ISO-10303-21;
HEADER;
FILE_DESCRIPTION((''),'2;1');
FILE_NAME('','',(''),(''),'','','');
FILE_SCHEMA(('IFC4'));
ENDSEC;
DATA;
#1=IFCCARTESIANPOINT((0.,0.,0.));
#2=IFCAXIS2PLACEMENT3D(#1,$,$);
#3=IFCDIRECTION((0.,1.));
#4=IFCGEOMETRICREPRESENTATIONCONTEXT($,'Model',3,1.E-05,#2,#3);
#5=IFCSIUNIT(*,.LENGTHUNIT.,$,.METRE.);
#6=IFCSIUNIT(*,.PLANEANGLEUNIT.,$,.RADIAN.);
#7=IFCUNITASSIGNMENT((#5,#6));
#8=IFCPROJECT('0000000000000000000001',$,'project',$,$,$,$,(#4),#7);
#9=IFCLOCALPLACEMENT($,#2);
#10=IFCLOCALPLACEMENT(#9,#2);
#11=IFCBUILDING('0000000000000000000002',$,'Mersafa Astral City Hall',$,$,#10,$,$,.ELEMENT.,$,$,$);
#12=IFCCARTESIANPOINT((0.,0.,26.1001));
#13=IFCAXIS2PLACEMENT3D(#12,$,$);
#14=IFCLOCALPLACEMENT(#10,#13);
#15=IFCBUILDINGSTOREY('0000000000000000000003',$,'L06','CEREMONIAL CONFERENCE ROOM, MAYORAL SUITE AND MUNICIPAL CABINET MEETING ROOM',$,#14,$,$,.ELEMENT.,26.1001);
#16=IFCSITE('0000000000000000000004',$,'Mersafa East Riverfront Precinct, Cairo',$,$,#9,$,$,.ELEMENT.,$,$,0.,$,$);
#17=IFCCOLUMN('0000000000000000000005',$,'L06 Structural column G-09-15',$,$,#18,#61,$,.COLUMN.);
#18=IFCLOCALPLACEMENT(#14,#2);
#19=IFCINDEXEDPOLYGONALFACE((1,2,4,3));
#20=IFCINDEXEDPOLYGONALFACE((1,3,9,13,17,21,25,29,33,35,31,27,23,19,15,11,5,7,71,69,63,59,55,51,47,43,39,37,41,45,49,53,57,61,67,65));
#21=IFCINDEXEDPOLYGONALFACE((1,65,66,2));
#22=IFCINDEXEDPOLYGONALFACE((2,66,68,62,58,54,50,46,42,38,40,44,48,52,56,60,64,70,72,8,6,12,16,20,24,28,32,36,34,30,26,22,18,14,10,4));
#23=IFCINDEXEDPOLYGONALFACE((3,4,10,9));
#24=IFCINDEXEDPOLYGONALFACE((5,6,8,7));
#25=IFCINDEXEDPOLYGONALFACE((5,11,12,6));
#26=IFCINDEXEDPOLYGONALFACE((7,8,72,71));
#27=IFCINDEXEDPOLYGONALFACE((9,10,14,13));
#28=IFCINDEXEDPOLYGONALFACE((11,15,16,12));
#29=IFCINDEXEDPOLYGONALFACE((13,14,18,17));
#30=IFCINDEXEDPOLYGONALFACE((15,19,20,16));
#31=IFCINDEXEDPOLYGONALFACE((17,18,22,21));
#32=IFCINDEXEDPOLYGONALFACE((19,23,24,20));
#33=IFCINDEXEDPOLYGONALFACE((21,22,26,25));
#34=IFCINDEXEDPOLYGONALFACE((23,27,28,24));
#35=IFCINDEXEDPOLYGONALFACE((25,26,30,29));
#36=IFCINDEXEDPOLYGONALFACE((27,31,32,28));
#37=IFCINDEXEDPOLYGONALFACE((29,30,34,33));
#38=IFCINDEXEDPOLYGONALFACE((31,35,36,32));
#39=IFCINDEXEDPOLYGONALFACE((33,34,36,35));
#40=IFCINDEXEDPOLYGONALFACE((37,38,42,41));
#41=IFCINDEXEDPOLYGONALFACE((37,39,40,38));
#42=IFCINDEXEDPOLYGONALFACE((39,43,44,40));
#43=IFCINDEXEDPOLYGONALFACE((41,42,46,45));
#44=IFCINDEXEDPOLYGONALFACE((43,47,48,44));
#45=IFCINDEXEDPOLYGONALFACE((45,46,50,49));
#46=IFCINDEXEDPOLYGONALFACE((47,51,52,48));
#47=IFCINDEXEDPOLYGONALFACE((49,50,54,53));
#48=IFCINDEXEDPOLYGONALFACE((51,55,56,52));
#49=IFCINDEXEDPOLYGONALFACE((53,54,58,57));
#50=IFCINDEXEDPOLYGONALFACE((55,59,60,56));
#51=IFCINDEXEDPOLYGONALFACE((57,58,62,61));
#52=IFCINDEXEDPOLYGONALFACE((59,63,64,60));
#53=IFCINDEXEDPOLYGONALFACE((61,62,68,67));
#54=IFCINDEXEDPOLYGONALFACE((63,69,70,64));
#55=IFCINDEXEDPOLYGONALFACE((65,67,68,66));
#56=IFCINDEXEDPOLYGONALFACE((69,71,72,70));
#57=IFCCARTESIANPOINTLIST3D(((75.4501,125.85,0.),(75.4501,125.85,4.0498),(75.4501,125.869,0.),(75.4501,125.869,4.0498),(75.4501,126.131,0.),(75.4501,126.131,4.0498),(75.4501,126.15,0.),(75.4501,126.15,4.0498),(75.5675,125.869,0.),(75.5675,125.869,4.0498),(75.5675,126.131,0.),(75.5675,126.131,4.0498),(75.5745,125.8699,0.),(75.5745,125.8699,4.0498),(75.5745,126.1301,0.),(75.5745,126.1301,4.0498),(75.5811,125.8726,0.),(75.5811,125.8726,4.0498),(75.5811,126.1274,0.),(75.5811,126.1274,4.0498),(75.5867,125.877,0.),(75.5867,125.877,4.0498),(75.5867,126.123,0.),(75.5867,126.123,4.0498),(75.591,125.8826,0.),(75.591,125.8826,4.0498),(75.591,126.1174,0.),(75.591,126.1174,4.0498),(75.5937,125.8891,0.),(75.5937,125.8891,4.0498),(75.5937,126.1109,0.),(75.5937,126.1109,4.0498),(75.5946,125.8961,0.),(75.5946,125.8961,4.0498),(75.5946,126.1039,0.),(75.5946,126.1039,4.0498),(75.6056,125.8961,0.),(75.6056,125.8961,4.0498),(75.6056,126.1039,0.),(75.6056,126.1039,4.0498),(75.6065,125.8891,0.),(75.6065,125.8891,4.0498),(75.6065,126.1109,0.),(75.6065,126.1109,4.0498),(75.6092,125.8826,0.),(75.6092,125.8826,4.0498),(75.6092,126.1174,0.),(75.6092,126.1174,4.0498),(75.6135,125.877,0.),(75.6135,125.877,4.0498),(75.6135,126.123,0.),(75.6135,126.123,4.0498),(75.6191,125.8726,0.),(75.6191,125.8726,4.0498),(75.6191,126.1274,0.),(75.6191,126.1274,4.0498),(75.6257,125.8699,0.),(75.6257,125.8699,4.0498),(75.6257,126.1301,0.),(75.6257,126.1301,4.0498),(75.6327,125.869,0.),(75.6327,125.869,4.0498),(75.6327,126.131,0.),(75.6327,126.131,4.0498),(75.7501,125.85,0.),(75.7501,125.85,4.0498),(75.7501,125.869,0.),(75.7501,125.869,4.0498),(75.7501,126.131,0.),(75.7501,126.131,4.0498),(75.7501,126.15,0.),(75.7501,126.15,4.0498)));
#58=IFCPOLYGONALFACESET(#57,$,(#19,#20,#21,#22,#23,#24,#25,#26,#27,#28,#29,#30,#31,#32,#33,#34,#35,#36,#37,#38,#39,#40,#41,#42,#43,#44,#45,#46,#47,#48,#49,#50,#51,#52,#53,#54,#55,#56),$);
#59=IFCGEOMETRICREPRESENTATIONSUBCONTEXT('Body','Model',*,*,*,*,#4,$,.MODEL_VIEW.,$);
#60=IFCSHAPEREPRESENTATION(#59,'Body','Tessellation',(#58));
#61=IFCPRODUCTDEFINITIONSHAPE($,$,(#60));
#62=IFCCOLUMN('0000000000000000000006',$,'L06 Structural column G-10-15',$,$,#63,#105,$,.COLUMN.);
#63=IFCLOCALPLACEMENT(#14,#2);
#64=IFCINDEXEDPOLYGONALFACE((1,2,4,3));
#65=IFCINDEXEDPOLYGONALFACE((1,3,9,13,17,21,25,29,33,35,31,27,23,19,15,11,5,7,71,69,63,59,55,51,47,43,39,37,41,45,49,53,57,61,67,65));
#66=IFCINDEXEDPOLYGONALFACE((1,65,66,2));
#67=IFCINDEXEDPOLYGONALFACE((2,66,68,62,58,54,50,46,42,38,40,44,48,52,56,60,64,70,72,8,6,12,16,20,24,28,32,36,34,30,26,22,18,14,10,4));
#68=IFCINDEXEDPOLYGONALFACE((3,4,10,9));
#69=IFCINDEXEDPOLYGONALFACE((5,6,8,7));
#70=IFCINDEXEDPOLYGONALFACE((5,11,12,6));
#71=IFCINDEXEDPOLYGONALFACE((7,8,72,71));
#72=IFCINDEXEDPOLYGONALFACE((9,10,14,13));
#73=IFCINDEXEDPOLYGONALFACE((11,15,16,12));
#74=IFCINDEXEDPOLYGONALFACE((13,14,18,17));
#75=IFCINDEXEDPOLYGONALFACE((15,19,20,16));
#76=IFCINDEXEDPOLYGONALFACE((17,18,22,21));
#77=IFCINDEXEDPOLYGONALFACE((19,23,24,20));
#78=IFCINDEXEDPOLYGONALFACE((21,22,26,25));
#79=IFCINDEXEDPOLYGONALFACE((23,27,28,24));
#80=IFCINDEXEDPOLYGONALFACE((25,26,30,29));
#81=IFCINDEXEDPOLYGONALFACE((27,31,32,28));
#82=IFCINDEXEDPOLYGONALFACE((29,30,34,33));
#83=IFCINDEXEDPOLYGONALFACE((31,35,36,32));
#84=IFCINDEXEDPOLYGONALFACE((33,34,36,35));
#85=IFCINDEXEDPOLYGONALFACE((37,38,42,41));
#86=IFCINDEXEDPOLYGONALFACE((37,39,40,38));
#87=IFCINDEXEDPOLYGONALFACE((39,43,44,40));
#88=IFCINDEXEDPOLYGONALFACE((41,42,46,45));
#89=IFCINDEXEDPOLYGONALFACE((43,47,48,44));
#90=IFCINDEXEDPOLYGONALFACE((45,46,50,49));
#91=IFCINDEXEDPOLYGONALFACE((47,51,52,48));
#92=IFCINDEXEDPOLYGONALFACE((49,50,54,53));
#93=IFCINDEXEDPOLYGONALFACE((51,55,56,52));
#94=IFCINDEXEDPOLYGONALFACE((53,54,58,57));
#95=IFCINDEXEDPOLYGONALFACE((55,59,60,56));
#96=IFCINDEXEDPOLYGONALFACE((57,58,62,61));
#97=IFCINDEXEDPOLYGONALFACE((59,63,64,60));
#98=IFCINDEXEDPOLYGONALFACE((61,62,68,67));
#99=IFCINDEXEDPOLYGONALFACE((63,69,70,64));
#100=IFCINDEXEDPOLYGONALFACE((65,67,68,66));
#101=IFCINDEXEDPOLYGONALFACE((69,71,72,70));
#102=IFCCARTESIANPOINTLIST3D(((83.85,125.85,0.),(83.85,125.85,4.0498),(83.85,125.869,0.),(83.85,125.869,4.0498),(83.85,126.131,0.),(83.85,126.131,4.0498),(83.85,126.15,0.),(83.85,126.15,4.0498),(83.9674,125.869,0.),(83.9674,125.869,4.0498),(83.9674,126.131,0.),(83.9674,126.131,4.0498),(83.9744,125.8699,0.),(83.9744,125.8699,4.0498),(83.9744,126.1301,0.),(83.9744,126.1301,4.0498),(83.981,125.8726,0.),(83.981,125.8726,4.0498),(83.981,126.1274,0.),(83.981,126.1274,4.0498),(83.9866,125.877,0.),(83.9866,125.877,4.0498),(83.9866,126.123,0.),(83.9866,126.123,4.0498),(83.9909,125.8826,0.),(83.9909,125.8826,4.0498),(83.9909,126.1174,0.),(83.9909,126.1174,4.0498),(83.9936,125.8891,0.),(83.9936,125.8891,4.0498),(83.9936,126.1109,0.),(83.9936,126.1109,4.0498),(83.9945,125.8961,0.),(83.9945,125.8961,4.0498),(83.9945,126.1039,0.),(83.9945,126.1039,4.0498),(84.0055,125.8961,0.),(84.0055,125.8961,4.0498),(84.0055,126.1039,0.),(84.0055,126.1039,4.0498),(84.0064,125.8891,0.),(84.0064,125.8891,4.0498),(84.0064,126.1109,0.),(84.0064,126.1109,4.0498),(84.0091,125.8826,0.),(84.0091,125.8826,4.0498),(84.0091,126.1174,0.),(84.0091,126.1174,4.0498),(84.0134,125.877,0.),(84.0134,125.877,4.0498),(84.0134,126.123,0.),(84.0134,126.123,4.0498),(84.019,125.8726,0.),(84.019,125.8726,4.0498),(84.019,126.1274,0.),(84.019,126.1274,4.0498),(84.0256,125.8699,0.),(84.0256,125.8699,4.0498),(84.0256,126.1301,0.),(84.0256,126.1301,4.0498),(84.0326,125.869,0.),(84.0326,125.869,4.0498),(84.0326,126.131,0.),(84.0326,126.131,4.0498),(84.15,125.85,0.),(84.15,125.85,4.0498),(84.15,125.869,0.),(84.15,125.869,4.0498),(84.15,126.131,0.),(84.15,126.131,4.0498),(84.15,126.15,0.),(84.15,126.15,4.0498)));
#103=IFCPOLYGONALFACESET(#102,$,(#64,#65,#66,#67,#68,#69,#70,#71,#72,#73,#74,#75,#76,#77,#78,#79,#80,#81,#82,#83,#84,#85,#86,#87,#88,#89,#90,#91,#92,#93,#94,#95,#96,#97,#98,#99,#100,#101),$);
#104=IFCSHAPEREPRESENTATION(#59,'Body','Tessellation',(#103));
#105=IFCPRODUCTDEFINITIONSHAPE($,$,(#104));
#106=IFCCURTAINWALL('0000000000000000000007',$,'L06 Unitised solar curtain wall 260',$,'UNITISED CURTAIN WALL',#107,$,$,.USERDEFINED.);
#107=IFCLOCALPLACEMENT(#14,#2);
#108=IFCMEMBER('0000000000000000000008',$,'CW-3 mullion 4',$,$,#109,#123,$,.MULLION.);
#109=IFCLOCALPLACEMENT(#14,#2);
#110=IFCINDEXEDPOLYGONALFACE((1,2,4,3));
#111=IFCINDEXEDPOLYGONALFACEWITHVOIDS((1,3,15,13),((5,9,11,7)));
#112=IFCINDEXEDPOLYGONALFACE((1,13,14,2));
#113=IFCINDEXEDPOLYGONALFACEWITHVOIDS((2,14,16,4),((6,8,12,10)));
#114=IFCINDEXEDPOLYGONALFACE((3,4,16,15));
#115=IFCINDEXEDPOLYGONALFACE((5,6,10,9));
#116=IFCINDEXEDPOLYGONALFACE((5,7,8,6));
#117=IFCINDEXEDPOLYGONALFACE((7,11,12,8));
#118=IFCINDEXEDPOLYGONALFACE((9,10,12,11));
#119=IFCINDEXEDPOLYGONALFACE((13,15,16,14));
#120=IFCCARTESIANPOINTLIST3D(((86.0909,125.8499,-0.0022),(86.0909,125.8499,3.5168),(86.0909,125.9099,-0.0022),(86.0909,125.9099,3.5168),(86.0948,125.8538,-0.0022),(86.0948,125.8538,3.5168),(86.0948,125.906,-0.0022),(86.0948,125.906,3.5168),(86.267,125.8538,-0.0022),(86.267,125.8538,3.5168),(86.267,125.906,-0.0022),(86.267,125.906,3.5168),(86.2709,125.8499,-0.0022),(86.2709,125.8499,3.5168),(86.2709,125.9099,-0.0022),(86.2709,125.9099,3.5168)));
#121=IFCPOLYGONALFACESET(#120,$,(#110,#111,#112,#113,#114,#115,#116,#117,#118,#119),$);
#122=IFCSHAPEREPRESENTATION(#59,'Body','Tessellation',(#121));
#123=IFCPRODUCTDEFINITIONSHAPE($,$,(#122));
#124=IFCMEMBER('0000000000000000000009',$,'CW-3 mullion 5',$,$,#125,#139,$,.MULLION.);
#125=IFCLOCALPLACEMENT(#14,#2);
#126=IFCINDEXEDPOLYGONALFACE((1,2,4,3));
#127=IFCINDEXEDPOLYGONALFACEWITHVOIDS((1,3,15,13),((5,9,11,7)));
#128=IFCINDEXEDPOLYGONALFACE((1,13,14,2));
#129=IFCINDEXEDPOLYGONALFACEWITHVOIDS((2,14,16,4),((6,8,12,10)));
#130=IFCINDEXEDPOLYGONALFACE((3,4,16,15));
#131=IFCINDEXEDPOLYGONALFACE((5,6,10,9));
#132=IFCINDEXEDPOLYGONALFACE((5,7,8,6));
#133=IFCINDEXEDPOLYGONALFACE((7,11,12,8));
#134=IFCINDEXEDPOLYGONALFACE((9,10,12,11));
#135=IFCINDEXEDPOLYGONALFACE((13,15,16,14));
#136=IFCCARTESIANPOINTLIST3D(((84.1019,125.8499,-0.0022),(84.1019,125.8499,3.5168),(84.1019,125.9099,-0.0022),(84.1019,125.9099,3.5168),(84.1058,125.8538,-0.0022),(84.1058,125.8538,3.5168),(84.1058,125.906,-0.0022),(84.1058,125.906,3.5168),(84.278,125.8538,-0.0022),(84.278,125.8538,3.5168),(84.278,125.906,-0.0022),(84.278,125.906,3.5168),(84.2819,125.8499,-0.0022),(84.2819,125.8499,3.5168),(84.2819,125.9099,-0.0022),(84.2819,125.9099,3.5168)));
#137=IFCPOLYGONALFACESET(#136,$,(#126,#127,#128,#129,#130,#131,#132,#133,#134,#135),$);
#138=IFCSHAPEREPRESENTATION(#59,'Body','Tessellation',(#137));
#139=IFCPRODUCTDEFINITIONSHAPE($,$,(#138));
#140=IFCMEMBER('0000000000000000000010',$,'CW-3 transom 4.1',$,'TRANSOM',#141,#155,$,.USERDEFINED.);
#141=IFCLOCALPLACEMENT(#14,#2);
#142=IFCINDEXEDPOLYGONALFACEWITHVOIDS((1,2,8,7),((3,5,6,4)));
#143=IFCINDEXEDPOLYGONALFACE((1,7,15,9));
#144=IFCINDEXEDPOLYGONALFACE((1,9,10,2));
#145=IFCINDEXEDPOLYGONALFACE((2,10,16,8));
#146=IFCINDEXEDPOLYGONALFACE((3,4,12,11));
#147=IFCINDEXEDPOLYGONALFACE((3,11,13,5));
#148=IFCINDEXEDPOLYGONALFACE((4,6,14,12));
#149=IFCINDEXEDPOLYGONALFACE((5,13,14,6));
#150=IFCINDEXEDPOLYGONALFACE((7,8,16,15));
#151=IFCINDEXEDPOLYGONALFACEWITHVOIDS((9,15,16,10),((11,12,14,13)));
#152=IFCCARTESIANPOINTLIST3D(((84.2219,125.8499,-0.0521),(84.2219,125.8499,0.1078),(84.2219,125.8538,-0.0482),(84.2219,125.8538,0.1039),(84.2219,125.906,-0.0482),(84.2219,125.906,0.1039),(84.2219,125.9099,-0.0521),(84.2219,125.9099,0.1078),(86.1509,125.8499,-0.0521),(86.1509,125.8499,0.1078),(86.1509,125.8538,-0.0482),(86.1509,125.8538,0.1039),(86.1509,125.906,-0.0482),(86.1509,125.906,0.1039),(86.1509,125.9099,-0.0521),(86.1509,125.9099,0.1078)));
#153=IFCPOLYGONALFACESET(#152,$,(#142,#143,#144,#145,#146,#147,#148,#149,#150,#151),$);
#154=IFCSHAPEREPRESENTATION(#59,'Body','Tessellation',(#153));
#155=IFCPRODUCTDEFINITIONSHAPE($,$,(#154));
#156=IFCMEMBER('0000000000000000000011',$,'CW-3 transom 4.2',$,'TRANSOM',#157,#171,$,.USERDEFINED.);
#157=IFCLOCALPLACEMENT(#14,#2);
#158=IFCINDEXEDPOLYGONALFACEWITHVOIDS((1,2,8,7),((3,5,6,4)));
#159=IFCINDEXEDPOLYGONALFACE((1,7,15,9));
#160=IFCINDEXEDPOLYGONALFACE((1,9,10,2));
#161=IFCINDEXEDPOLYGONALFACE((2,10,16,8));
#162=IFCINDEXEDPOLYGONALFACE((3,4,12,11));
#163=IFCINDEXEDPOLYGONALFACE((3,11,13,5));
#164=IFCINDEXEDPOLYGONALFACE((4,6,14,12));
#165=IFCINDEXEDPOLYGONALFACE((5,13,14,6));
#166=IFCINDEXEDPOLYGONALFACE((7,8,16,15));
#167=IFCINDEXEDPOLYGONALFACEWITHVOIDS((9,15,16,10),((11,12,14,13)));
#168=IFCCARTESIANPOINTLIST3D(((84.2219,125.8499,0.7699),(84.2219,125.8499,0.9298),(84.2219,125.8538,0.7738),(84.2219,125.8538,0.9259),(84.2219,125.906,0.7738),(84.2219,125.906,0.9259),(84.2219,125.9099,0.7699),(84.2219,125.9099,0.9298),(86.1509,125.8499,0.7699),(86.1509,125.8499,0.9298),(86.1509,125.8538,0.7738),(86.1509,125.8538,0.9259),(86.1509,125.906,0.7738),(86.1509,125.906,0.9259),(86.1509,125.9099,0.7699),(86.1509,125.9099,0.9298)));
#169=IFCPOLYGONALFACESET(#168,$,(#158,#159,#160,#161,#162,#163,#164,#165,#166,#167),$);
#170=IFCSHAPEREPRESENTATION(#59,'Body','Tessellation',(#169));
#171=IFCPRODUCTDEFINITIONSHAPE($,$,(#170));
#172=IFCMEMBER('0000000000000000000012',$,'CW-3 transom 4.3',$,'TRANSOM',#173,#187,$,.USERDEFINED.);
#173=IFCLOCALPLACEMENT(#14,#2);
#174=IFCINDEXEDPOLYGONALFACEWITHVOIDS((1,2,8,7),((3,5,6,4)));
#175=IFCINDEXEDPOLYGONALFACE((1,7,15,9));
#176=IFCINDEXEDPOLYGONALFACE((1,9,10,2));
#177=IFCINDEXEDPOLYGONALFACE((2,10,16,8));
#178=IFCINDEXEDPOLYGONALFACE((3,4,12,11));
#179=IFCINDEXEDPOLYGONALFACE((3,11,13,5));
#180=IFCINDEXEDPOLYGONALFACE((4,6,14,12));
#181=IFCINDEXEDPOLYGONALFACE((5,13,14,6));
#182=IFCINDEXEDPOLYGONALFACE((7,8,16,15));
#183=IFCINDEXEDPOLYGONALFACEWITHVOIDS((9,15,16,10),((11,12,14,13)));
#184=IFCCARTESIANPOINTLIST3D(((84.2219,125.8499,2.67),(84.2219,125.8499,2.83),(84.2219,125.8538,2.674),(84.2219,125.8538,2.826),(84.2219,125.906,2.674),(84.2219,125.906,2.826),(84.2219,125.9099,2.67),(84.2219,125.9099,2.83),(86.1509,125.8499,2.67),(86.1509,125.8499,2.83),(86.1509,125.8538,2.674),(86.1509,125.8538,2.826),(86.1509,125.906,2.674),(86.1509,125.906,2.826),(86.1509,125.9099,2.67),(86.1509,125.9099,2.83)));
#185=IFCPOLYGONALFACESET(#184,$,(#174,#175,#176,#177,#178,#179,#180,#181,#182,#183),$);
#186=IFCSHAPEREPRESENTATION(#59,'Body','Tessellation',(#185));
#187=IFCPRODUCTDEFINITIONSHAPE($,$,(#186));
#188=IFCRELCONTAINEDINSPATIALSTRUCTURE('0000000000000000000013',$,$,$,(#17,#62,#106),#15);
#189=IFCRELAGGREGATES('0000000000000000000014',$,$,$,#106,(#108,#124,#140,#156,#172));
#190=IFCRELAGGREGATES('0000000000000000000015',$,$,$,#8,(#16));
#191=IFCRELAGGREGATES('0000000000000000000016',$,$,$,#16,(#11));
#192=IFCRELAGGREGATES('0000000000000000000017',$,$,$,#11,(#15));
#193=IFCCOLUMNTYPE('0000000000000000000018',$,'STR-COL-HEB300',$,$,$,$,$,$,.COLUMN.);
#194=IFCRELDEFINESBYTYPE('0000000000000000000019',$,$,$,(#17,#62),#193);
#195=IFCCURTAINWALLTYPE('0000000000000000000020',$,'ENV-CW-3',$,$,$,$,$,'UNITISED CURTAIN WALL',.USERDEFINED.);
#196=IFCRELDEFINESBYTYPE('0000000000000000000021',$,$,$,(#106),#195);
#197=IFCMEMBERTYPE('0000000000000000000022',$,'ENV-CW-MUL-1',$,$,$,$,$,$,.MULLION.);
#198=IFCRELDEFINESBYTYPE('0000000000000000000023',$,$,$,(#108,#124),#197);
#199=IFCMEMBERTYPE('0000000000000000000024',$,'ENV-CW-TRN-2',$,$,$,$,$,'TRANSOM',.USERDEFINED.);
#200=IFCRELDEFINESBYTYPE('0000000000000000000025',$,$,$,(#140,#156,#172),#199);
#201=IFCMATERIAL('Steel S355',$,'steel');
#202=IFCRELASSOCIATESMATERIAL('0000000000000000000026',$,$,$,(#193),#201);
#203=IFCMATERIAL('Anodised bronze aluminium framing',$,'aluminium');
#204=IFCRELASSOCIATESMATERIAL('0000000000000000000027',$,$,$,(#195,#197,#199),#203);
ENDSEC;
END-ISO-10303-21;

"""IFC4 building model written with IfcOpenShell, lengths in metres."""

from ifc_helpers import new_model, si_unit, direction, frame, origin, origin_2d, place, context, subcontext, project, spatial, hollow_rectangle, i_section, extrude, material, material_profile, profile_set, type_object, element, aggregate, save


model = new_model("IFC4")

# Units and contexts
model_context = context("Model", 3, precision=1e-05, world=origin(), true_north=direction((0.0, 1.0)))
body_context = subcontext(model_context, "Body", "Model", "MODEL_VIEW")
ifc_project = project(units=[si_unit("LENGTHUNIT", "METRE"), si_unit("PLANEANGLEUNIT", "RADIAN")], contexts=[model_context])

# Site, building, storey
site_placement = place(None, origin())
site = spatial("IfcSite", under=ifc_project, at=site_placement, Name="Mersafa East Riverfront Precinct, Cairo", CompositionType="ELEMENT", RefElevation=0.0)
building_placement = place(site_placement, origin())
building = spatial("IfcBuilding", under=site, at=building_placement, Name="Mersafa Astral City Hall", CompositionType="ELEMENT")
storey_placement = place(building_placement, frame((0.0, 0.0, 26.1001)))
storey = spatial("IfcBuildingStorey", under=building, at=storey_placement, Name="L06", Description="CEREMONIAL CONFERENCE ROOM, MAYORAL SUITE AND MUNICIPAL CABINET MEETING ROOM", CompositionType="ELEMENT", Elevation=26.1001)

# Columns
ifc_material_1 = material(Name="Steel S355", Category="steel")
ifc_material_profile_1 = material_profile(ifc_material_1, i_section(OverallWidth=0.3, OverallDepth=0.3, WebThickness=0.011, FlangeThickness=0.019, FilletRadius=0.0271, at=origin_2d()), Name="HEB 300")
ifc_profile_set_1 = profile_set([ifc_material_profile_1], Name="Steel S355")
column_type = type_object("IfcColumnType", Name="STR-COL-HEB300", PredefinedType="COLUMN", material=ifc_profile_set_1)
for number, where, z_axis, x_axis, name in (
    (1, (75.6001, 126.0, 0.0), (0.0, 0.0, 1.0), (1.0, 0.0, 0.0), "L06 Structural column G-09-15"),
    (2, (84.0, 126.0, 0.0), (0.0, 0.0, 1.0), (1.0, 0.0, 0.0), "L06 Structural column G-10-15"),
):
    element("IfcColumn", number, at=place(storey_placement, frame(where, z_axis=z_axis, x_axis=x_axis)), inside=storey, type_object=column_type, Name=name, PredefinedType="COLUMN", context=body_context, shape_type="SweptSolid", body=[
        extrude(i_section(OverallWidth=0.3, OverallDepth=0.3, WebThickness=0.011, FlangeThickness=0.019, FilletRadius=0.0271, at=origin_2d()), origin(), (0.0, 0.0, 1.0), 4.0498),
    ])

# Curtain wall, members
ifc_material_2 = material(Name="Anodised bronze aluminium framing", Category="aluminium")
curtain_wall_type = type_object("IfcCurtainWallType", Name="ENV-CW-3", ElementType="UNITISED CURTAIN WALL", PredefinedType="USERDEFINED", material=ifc_material_2)
curtain_wall_placement = place(storey_placement, origin())
curtain_wall = element("IfcCurtainWall", 3, at=curtain_wall_placement, inside=storey, type_object=curtain_wall_type, Name="L06 Unitised solar curtain wall 260", ObjectType="UNITISED CURTAIN WALL", PredefinedType="USERDEFINED")
ifc_material_profile_2 = material_profile(ifc_material_2, hollow_rectangle(XDim=0.0601, YDim=0.1799, WallThickness=0.0039, at=origin_2d()), Name="RHS 60x180x4")
ifc_profile_set_2 = profile_set([ifc_material_profile_2], Name="Anodised bronze aluminium framing")
member_type_1 = type_object("IfcMemberType", Name="ENV-CW-MUL-1", PredefinedType="MULLION", material=ifc_profile_set_2)
member_1_placement = place(storey_placement, frame((86.1809, 125.8799, -0.0022), z_axis=(0.0, 0.0, 1.0), x_axis=(0.0, -1.0, 0.0)))
member_1 = element("IfcMember", 4, at=member_1_placement, type_object=member_type_1, Name="CW-3 mullion 4", PredefinedType="MULLION", context=body_context, shape_type="SweptSolid", body=[
    extrude(hollow_rectangle(XDim=0.0601, YDim=0.1799, WallThickness=0.0039, at=origin_2d()), origin(), (0.0, 0.0, 1.0), 3.519),
])
member_2_placement = place(storey_placement, frame((84.1919, 125.8799, -0.0022), z_axis=(0.0, 0.0, 1.0), x_axis=(0.0, -1.0, 0.0)))
member_2 = element("IfcMember", 5, at=member_2_placement, type_object=member_type_1, Name="CW-3 mullion 5", PredefinedType="MULLION", context=body_context, shape_type="SweptSolid", body=[
    extrude(hollow_rectangle(XDim=0.0601, YDim=0.1799, WallThickness=0.0039, at=origin_2d()), origin(), (0.0, 0.0, 1.0), 3.519),
])
ifc_material_profile_3 = material_profile(ifc_material_2, hollow_rectangle(XDim=0.0601, YDim=0.1599, WallThickness=0.0039, at=origin_2d()), Name="RHS 60x160x4")
ifc_profile_set_3 = profile_set([ifc_material_profile_3], Name="Anodised bronze aluminium framing")
member_type_2 = type_object("IfcMemberType", Name="ENV-CW-TRN-2", ElementType="TRANSOM", PredefinedType="USERDEFINED", material=ifc_profile_set_3)
member_3_placement = place(storey_placement, frame((86.1509, 125.8799, 0.0278), z_axis=(-1.0, 0.0, 0.0), x_axis=(0.0, -1.0, 0.0)))
member_3 = element("IfcMember", 6, at=member_3_placement, type_object=member_type_2, Name="CW-3 transom 4.1", ObjectType="TRANSOM", PredefinedType="USERDEFINED", context=body_context, shape_type="SweptSolid", body=[
    extrude(hollow_rectangle(XDim=0.0601, YDim=0.1599, WallThickness=0.0039, at=origin_2d()), origin(), (0.0, 0.0, 1.0), 1.929),
])
member_4_placement = place(storey_placement, frame((86.1509, 125.8799, 0.8499), z_axis=(-1.0, 0.0, 0.0), x_axis=(0.0, -1.0, 0.0)))
member_4 = element("IfcMember", 7, at=member_4_placement, type_object=member_type_2, Name="CW-3 transom 4.2", ObjectType="TRANSOM", PredefinedType="USERDEFINED", context=body_context, shape_type="SweptSolid", body=[
    extrude(hollow_rectangle(XDim=0.0601, YDim=0.1599, WallThickness=0.0039, at=origin_2d()), origin(), (0.0, 0.0, 1.0), 1.929),
])
member_5_placement = place(storey_placement, frame((86.1509, 125.8799, 2.75), z_axis=(-1.0, 0.0, 0.0), x_axis=(0.0, -1.0, 0.0)))
member_5 = element("IfcMember", 8, at=member_5_placement, type_object=member_type_2, Name="CW-3 transom 4.3", ObjectType="TRANSOM", PredefinedType="USERDEFINED", context=body_context, shape_type="SweptSolid", body=[
    extrude(hollow_rectangle(XDim=0.0601, YDim=0.1599, WallThickness=0.0039, at=origin_2d()), origin(), (0.0, 0.0, 1.0), 1.929),
])

aggregate(curtain_wall, [member_1, member_2, member_3, member_4, member_5])

save(model, "model.ifc")
